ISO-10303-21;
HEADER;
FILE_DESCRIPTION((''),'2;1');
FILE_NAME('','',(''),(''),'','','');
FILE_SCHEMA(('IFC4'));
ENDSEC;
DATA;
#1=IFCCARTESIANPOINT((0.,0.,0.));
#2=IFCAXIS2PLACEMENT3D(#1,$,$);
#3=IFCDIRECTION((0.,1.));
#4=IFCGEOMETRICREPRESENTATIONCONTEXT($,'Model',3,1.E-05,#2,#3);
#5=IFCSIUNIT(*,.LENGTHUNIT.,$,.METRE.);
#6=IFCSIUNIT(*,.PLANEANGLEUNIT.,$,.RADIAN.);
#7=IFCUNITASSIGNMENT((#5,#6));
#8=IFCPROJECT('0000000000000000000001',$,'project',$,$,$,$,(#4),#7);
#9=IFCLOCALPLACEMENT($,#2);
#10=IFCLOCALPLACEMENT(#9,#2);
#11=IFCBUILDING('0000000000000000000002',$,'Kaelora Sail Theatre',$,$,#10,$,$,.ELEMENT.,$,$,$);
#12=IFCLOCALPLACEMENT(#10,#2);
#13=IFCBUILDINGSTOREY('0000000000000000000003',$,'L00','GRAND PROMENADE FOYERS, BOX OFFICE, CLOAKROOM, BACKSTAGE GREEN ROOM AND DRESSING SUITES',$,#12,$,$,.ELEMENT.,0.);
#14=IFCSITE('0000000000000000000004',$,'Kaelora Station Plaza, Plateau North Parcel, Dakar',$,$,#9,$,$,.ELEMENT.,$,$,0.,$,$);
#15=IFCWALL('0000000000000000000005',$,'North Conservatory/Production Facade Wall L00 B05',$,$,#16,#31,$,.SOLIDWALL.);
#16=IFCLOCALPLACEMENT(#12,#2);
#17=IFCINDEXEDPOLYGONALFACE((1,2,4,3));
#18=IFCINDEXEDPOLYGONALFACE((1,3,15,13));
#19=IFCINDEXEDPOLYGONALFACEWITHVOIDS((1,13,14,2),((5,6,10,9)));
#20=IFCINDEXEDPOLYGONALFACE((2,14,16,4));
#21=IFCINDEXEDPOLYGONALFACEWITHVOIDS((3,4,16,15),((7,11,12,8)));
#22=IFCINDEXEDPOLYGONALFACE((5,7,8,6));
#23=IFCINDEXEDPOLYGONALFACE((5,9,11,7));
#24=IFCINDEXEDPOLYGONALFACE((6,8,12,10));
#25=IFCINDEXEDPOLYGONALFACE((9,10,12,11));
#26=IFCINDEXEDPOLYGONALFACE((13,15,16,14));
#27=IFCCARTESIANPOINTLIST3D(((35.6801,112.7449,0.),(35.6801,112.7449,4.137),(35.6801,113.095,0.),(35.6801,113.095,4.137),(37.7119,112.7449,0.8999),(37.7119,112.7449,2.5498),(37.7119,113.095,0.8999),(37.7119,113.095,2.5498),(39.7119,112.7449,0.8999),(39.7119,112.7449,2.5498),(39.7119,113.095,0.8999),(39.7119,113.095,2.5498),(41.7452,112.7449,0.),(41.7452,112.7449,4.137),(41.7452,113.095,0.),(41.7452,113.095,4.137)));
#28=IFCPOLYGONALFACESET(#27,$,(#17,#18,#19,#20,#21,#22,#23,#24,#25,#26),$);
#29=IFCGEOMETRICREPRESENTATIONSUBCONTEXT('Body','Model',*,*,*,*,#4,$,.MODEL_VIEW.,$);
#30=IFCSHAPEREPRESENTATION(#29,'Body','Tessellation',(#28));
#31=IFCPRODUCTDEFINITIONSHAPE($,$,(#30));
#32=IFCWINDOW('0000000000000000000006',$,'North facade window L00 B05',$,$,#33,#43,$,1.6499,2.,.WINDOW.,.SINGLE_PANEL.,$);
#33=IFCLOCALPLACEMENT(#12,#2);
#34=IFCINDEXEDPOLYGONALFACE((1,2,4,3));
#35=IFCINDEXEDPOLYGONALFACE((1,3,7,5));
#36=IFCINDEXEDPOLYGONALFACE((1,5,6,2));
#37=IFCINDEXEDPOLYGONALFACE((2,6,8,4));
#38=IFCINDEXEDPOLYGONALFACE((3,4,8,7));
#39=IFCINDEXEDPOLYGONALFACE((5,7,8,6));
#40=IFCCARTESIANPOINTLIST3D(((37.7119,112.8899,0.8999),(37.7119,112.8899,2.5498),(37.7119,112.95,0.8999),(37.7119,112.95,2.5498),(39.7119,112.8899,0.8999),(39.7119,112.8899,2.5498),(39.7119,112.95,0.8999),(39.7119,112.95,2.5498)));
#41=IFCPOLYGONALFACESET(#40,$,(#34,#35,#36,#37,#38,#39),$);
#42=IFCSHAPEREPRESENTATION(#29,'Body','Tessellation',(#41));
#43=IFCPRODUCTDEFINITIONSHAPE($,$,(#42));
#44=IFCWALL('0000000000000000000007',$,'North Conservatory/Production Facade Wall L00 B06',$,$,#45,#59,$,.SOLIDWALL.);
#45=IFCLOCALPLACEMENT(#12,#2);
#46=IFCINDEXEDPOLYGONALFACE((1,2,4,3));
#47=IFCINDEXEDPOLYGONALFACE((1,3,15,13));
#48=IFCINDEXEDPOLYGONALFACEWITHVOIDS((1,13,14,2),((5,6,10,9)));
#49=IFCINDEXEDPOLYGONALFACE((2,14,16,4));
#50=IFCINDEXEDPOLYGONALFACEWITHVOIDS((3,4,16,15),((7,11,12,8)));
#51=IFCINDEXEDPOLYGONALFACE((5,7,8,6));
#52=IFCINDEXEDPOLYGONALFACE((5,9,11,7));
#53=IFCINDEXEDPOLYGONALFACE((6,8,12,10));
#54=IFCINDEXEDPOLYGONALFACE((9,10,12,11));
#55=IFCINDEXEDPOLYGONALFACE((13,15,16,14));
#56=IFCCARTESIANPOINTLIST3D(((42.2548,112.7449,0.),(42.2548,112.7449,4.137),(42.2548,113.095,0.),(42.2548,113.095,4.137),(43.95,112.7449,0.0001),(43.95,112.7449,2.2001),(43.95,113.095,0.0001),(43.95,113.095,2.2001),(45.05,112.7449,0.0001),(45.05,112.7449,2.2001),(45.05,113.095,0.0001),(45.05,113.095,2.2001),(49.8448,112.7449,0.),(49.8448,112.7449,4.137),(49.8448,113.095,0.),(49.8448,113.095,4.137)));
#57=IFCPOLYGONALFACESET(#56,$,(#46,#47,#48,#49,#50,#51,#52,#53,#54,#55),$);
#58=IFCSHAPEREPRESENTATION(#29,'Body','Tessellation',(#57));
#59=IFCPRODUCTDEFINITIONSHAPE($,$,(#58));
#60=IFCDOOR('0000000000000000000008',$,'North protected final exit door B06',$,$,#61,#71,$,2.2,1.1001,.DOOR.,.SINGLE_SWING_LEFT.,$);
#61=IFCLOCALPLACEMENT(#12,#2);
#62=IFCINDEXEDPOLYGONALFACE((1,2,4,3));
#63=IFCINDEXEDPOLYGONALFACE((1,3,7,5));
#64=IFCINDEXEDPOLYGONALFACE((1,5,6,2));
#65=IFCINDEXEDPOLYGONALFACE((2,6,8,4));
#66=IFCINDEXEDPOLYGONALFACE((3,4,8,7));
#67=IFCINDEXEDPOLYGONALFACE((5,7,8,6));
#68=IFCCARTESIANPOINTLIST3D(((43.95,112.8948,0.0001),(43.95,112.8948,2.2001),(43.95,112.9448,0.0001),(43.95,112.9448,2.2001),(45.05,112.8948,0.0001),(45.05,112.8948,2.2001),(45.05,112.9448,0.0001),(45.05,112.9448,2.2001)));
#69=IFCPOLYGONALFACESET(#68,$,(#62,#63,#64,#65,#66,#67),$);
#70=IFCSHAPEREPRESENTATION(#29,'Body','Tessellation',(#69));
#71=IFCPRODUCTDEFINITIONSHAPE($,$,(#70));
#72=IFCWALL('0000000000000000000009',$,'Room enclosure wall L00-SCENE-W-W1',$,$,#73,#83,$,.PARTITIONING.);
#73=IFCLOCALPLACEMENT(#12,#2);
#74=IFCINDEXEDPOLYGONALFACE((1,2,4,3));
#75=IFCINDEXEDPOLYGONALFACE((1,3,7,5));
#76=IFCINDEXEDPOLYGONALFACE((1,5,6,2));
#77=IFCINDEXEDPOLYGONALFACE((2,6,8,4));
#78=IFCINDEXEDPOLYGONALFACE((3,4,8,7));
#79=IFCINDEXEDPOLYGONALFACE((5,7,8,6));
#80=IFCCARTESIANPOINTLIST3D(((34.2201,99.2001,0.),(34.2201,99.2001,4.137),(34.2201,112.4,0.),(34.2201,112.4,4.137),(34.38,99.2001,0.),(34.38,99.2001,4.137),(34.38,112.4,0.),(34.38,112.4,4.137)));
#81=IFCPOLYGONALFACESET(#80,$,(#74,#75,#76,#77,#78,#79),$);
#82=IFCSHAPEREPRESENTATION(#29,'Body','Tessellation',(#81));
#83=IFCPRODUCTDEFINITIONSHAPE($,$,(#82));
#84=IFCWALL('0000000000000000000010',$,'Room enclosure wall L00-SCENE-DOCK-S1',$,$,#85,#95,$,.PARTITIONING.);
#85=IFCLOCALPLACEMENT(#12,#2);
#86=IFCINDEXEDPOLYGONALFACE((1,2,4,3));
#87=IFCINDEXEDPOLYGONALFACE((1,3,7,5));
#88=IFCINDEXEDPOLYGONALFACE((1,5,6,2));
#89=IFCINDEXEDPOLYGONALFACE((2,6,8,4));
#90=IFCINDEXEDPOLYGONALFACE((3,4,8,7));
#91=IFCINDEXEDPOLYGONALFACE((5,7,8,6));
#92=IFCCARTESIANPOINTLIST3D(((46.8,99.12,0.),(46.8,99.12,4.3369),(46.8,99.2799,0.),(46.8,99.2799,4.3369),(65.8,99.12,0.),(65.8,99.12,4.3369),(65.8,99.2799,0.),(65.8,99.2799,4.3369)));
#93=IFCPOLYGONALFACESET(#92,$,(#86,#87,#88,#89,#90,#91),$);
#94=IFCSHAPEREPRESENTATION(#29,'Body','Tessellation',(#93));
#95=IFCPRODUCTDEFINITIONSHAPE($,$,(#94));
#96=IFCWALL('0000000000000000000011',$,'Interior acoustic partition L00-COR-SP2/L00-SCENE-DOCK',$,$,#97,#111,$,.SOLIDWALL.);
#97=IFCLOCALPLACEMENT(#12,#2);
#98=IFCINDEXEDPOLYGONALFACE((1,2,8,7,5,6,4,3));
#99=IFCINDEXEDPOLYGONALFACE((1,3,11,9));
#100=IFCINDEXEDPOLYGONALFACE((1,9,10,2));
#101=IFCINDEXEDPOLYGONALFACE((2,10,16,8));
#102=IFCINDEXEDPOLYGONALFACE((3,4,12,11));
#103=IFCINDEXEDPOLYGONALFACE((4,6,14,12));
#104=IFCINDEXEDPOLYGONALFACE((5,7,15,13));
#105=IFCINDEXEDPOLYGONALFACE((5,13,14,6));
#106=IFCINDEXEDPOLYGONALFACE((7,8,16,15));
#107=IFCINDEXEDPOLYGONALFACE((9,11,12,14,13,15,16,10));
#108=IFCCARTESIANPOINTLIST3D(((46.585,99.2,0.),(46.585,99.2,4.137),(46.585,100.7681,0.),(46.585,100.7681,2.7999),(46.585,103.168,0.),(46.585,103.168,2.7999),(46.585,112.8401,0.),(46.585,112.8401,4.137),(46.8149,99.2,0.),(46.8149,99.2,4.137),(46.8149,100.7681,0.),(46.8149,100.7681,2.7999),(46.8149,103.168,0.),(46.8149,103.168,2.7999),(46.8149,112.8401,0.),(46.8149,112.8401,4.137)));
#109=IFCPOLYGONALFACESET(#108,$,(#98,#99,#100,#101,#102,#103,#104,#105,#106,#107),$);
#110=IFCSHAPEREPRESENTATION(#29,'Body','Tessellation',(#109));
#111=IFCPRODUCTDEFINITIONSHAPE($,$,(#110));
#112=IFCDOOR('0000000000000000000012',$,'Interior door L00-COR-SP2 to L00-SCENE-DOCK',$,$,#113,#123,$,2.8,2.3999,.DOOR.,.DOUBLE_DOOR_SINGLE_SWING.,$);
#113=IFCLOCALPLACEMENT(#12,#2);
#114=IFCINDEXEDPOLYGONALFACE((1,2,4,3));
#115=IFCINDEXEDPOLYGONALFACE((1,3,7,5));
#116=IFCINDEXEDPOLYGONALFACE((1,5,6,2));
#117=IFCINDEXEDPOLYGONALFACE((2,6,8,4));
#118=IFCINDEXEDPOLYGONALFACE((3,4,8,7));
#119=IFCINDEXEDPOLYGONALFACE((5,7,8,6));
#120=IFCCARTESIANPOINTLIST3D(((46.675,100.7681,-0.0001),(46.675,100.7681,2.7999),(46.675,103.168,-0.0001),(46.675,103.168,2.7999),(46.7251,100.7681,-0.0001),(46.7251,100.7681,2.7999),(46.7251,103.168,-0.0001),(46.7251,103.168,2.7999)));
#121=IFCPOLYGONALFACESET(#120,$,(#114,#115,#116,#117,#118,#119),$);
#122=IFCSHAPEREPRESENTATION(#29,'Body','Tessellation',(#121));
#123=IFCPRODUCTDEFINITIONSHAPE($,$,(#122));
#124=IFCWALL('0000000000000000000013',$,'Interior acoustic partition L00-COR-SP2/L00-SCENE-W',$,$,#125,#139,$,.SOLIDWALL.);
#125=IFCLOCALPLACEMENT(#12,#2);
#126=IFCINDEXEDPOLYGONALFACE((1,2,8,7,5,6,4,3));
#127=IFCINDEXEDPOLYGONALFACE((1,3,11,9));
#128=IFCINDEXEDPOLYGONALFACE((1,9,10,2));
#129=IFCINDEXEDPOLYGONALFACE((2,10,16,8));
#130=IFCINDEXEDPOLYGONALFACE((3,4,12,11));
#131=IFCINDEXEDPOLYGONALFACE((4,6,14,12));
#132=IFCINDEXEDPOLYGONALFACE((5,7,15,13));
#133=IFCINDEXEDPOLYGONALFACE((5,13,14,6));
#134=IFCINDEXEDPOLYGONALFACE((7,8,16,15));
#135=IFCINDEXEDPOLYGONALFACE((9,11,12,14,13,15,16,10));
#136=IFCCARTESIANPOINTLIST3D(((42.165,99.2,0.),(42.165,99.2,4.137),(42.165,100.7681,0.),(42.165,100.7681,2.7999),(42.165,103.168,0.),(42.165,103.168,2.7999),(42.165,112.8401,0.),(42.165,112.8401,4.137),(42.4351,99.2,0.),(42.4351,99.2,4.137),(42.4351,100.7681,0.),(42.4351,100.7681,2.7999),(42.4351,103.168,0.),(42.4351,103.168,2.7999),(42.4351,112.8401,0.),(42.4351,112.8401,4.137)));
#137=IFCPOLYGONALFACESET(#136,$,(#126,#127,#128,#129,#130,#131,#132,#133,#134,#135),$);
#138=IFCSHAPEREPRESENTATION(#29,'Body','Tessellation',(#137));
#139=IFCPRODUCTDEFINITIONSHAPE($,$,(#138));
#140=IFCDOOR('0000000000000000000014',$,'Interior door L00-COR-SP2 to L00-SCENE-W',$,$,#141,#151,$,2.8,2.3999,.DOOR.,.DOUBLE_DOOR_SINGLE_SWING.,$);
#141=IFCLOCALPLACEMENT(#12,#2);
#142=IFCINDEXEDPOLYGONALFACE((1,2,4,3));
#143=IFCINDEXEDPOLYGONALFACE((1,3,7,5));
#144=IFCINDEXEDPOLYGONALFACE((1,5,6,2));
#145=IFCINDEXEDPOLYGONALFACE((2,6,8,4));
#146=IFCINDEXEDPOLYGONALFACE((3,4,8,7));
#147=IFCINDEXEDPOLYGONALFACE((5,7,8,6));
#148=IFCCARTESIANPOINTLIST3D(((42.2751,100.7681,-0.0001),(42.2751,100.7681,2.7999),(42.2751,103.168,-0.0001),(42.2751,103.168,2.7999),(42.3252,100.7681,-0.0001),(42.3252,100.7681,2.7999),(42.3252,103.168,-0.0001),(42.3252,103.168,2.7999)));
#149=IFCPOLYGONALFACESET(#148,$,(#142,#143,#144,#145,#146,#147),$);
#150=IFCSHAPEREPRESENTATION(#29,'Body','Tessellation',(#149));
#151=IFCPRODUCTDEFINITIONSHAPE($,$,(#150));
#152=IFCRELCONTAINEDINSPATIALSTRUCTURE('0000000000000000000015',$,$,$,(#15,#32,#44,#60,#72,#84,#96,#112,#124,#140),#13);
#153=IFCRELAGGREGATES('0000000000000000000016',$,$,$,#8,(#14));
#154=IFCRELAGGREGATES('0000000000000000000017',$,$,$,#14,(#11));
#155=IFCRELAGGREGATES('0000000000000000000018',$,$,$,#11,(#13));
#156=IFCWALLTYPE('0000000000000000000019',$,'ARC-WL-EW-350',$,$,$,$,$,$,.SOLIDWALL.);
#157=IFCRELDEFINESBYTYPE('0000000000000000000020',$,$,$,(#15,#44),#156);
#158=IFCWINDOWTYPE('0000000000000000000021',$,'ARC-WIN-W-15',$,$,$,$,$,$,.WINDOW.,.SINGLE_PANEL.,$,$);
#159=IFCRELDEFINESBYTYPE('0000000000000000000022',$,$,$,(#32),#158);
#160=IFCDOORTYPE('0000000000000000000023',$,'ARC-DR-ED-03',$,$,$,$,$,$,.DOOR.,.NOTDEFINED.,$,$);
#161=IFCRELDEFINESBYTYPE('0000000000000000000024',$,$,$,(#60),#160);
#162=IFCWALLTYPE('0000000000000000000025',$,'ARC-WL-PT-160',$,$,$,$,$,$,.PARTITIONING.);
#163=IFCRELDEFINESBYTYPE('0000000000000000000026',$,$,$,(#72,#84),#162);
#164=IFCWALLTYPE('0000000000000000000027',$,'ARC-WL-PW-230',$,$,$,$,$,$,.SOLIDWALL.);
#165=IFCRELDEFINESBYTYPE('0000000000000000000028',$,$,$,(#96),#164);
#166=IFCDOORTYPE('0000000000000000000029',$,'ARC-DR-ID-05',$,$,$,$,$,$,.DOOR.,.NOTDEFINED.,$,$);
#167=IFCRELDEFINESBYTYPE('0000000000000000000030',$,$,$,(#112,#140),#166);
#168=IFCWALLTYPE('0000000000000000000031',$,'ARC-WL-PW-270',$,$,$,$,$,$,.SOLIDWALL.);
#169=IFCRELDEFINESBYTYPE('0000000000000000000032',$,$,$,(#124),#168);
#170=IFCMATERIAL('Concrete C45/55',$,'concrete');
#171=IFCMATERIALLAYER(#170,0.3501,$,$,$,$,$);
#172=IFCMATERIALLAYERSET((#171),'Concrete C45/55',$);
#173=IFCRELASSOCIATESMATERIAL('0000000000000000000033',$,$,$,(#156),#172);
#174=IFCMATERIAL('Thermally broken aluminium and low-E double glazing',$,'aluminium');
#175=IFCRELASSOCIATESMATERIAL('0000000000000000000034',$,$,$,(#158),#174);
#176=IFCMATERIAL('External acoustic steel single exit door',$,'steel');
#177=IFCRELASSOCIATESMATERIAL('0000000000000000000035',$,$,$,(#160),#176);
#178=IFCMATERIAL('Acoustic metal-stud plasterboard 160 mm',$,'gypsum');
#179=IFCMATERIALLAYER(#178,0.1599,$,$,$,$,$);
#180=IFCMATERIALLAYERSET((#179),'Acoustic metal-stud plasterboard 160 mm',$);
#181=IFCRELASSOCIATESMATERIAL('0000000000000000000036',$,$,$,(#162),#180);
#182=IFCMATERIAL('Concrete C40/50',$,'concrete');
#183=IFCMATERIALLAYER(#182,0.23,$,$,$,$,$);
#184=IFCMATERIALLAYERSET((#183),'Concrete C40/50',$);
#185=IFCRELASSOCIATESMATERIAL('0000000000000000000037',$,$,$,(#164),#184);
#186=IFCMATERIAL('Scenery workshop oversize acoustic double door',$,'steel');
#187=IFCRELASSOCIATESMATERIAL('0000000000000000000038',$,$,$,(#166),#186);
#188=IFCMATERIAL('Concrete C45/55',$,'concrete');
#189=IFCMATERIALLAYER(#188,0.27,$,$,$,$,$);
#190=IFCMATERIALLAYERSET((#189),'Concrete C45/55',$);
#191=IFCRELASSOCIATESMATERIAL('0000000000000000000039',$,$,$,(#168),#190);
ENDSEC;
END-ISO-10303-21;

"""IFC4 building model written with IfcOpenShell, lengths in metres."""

from ifc_helpers import new_model, si_unit, direction, frame, frame_2d, origin, place, context, subcontext, project, spatial, rectangle, extrude, material, layer, layer_set, type_object, element, fill, save


model = new_model("IFC4")

# Units and contexts
model_context = context("Model", 3, precision=1e-05, world=origin(), true_north=direction((0.0, 1.0)))
body_context = subcontext(model_context, "Body", "Model", "MODEL_VIEW")
ifc_project = project(units=[si_unit("LENGTHUNIT", "METRE"), si_unit("PLANEANGLEUNIT", "RADIAN")], contexts=[model_context])

# Site, building, storey
site_placement = place(None, origin())
site = spatial("IfcSite", under=ifc_project, at=site_placement, Name="Kaelora Station Plaza, Plateau North Parcel, Dakar", CompositionType="ELEMENT", RefElevation=0.0)
building_placement = place(site_placement, origin())
building = spatial("IfcBuilding", under=site, at=building_placement, Name="Kaelora Sail Theatre", CompositionType="ELEMENT")
storey_placement = place(building_placement, origin())
storey = spatial("IfcBuildingStorey", under=building, at=storey_placement, Name="L00", Description="GRAND PROMENADE FOYERS, BOX OFFICE, CLOAKROOM, BACKSTAGE GREEN ROOM AND DRESSING SUITES", CompositionType="ELEMENT", Elevation=0.0)

# Wall, opening, window
ifc_material_1 = material(Name="Concrete C45/55", Category="concrete")
ifc_layer_1 = layer(ifc_material_1, 0.3501)
ifc_layer_set_1 = layer_set([ifc_layer_1], Name="Concrete C45/55")
wall_type_1 = type_object("IfcWallType", Name="ARC-WL-EW-350", PredefinedType="SOLIDWALL", material=ifc_layer_set_1)
wall_1_placement = place(storey_placement, frame((35.6799, 112.9199, 0.0), z_axis=(0.0, 0.0, 1.0), x_axis=(1.0, 0.0, 0.0)))
wall_1 = element("IfcWall", 1, at=wall_1_placement, inside=storey, type_object=wall_type_1, Name="North Conservatory/Production Facade Wall L00 B05", PredefinedType="SOLIDWALL", context=body_context, shape_type="SweptSolid", body=[
    extrude(rectangle(XDim=6.0652, YDim=0.3501, at=frame_2d((3.0327, 0.0))), origin(), (0.0, 0.0, 1.0), 4.137),
])
opening_1_placement = place(wall_1_placement, frame((2.032, 0.0, 0.8999)))
opening_1 = element("IfcOpeningElement", 2, at=opening_1_placement, cuts=wall_1, PredefinedType="OPENING", context=body_context, shape_type="SweptSolid", body=[
    extrude(rectangle(XDim=2.0, YDim=1.6499, at=frame_2d((1.0, 0.825))), frame((0.0, 0.185, 0.0), z_axis=(0.0, -1.0, 0.0), x_axis=(1.0, 0.0, 0.0)), (0.0, 0.0, 1.0), 0.3701),
])
ifc_material_2 = material(Name="Thermally broken aluminium and low-E double glazing", Category="aluminium")
window_type = type_object("IfcWindowType", Name="ARC-WIN-W-15", PartitioningType="SINGLE_PANEL", PredefinedType="WINDOW", material=ifc_material_2)
window_placement = place(opening_1_placement, origin())
window = element("IfcWindow", 3, at=window_placement, inside=storey, type_object=window_type, Name="North facade window L00 B05", OverallHeight=1.6499, OverallWidth=2.0, PartitioningType="SINGLE_PANEL", PredefinedType="WINDOW", context=body_context, shape_type="SweptSolid", body=[
    extrude(rectangle(XDim=2.0, YDim=1.6499, at=frame_2d((1.0, 0.825))), frame((0.0, 0.03, 0.0), z_axis=(0.0, -1.0, 0.0), x_axis=(1.0, 0.0, 0.0)), (0.0, 0.0, 1.0), 0.0601),
])
fill(opening_1, window)

# Wall, opening, door
wall_2_placement = place(storey_placement, frame((42.2549, 112.9199, 0.0), z_axis=(0.0, 0.0, 1.0), x_axis=(1.0, 0.0, 0.0)))
wall_2 = element("IfcWall", 4, at=wall_2_placement, inside=storey, type_object=wall_type_1, Name="North Conservatory/Production Facade Wall L00 B06", PredefinedType="SOLIDWALL", context=body_context, shape_type="SweptSolid", body=[
    extrude(rectangle(XDim=7.5901, YDim=0.3501, at=frame_2d((3.7949, 0.0))), origin(), (0.0, 0.0, 1.0), 4.137),
])
opening_2_placement = place(wall_2_placement, frame((1.6951, 0.0, 0.0)))
opening_2 = element("IfcOpeningElement", 5, at=opening_2_placement, cuts=wall_2, PredefinedType="OPENING", context=body_context, shape_type="SweptSolid", body=[
    extrude(rectangle(XDim=1.1001, YDim=2.2, at=frame_2d((0.55, 1.1001))), frame((0.0, 0.185, 0.0), z_axis=(0.0, -1.0, 0.0), x_axis=(1.0, 0.0, 0.0)), (0.0, 0.0, 1.0), 0.3701),
])
ifc_material_3 = material(Name="External acoustic steel single exit door", Category="steel")
door_type_1 = type_object("IfcDoorType", Name="ARC-DR-ED-03", OperationType="NOTDEFINED", PredefinedType="DOOR", material=ifc_material_3)
door_1_placement = place(opening_2_placement, origin())
door_1 = element("IfcDoor", 6, at=door_1_placement, inside=storey, type_object=door_type_1, Name="North protected final exit door B06", OperationType="SINGLE_SWING_LEFT", OverallHeight=2.2, OverallWidth=1.1001, PredefinedType="DOOR", context=body_context, shape_type="SweptSolid", body=[
    extrude(rectangle(XDim=1.1001, YDim=2.2, at=frame_2d((0.55, 1.1001))), frame((0.0, 0.0249, 0.0), z_axis=(0.0, -1.0, 0.0), x_axis=(1.0, 0.0, 0.0)), (0.0, 0.0, 1.0), 0.05),
])
fill(opening_2, door_1)

# Walls
ifc_material_4 = material(Name="Acoustic metal-stud plasterboard 160 mm", Category="gypsum")
ifc_layer_2 = layer(ifc_material_4, 0.1599)
ifc_layer_set_2 = layer_set([ifc_layer_2], Name="Acoustic metal-stud plasterboard 160 mm")
wall_type_2 = type_object("IfcWallType", Name="ARC-WL-PT-160", PredefinedType="PARTITIONING", material=ifc_layer_set_2)
wall_3_placement = place(storey_placement, frame((34.3, 99.2, 0.0), z_axis=(0.0, 0.0, 1.0), x_axis=(0.0, 1.0, 0.0)))
element("IfcWall", 7, at=wall_3_placement, inside=storey, type_object=wall_type_2, Name="Room enclosure wall L00-SCENE-W-W1", PredefinedType="PARTITIONING", context=body_context, shape_type="SweptSolid", body=[
    extrude(rectangle(XDim=13.2, YDim=0.1599, at=frame_2d((6.6001, 0.0))), origin(), (0.0, 0.0, 1.0), 4.137),
])
wall_4_placement = place(storey_placement, frame((46.8, 99.2, 0.0), z_axis=(0.0, 0.0, 1.0), x_axis=(1.0, 0.0, 0.0)))
element("IfcWall", 8, at=wall_4_placement, inside=storey, type_object=wall_type_2, Name="Room enclosure wall L00-SCENE-DOCK-S1", PredefinedType="PARTITIONING", context=body_context, shape_type="SweptSolid", body=[
    extrude(rectangle(XDim=19.0, YDim=0.1599, at=frame_2d((9.5, 0.0))), origin(), (0.0, 0.0, 1.0), 4.3369),
])

# Walls, openings, doors
ifc_material_5 = material(Name="Concrete C40/50", Category="concrete")
ifc_layer_3 = layer(ifc_material_5, 0.23)
ifc_layer_set_3 = layer_set([ifc_layer_3], Name="Concrete C40/50")
wall_type_3 = type_object("IfcWallType", Name="ARC-WL-PW-230", PredefinedType="SOLIDWALL", material=ifc_layer_set_3)
wall_5_placement = place(storey_placement, frame((46.7, 99.2, 0.0), z_axis=(0.0, 0.0, 1.0), x_axis=(0.0, 1.0, 0.0)))
wall_5 = element("IfcWall", 9, at=wall_5_placement, inside=storey, type_object=wall_type_3, Name="Interior acoustic partition L00-COR-SP2/L00-SCENE-DOCK", PredefinedType="SOLIDWALL", context=body_context, shape_type="SweptSolid", body=[
    extrude(rectangle(XDim=13.6401, YDim=0.23, at=frame_2d((6.8201, 0.0))), origin(), (0.0, 0.0, 1.0), 4.137),
])
opening_3_placement = place(wall_5_placement, frame((1.5681, 0.0, 0.0)))
opening_3 = element("IfcOpeningElement", 10, at=opening_3_placement, cuts=wall_5, PredefinedType="OPENING", context=body_context, shape_type="SweptSolid", body=[
    extrude(rectangle(XDim=2.3999, YDim=2.8, at=frame_2d((1.2, 1.3999))), frame((0.0, 0.125, 0.0), z_axis=(0.0, -1.0, 0.0), x_axis=(1.0, 0.0, 0.0)), (0.0, 0.0, 1.0), 0.25),
])
ifc_material_6 = material(Name="Scenery workshop oversize acoustic double door", Category="steel")
door_type_2 = type_object("IfcDoorType", Name="ARC-DR-ID-05", OperationType="NOTDEFINED", PredefinedType="DOOR", material=ifc_material_6)
door_2_placement = place(opening_3_placement, origin())
door_2 = element("IfcDoor", 11, at=door_2_placement, inside=storey, type_object=door_type_2, Name="Interior door L00-COR-SP2 to L00-SCENE-DOCK", OperationType="DOUBLE_DOOR_SINGLE_SWING", OverallHeight=2.8, OverallWidth=2.3999, PredefinedType="DOOR", context=body_context, shape_type="SweptSolid", body=[
    extrude(rectangle(XDim=2.3999, YDim=2.8, at=frame_2d((1.2, 1.3999))), frame((0.0, 0.0249, 0.0), z_axis=(0.0, -1.0, 0.0), x_axis=(1.0, 0.0, 0.0)), (0.0, 0.0, 1.0), 0.05),
])
fill(opening_3, door_2)
ifc_material_7 = material(Name="Concrete C45/55", Category="concrete")
ifc_layer_4 = layer(ifc_material_7, 0.27)
ifc_layer_set_4 = layer_set([ifc_layer_4], Name="Concrete C45/55")
wall_type_4 = type_object("IfcWallType", Name="ARC-WL-PW-270", PredefinedType="SOLIDWALL", material=ifc_layer_set_4)
wall_6_placement = place(storey_placement, frame((42.3, 99.2, 0.0), z_axis=(0.0, 0.0, 1.0), x_axis=(0.0, 1.0, 0.0)))
wall_6 = element("IfcWall", 12, at=wall_6_placement, inside=storey, type_object=wall_type_4, Name="Interior acoustic partition L00-COR-SP2/L00-SCENE-W", PredefinedType="SOLIDWALL", context=body_context, shape_type="SweptSolid", body=[
    extrude(rectangle(XDim=13.6401, YDim=0.27, at=frame_2d((6.8201, 0.0))), origin(), (0.0, 0.0, 1.0), 4.137),
])
opening_4_placement = place(wall_6_placement, frame((1.5681, 0.0, 0.0)))
opening_4 = element("IfcOpeningElement", 13, at=opening_4_placement, cuts=wall_6, PredefinedType="OPENING", context=body_context, shape_type="SweptSolid", body=[
    extrude(rectangle(XDim=2.3999, YDim=2.8, at=frame_2d((1.2, 1.3999))), frame((0.0, 0.145, 0.0), z_axis=(0.0, -1.0, 0.0), x_axis=(1.0, 0.0, 0.0)), (0.0, 0.0, 1.0), 0.29),
])
door_3_placement = place(opening_4_placement, origin())
door_3 = element("IfcDoor", 14, at=door_3_placement, inside=storey, type_object=door_type_2, Name="Interior door L00-COR-SP2 to L00-SCENE-W", OperationType="DOUBLE_DOOR_SINGLE_SWING", OverallHeight=2.8, OverallWidth=2.3999, PredefinedType="DOOR", context=body_context, shape_type="SweptSolid", body=[
    extrude(rectangle(XDim=2.3999, YDim=2.8, at=frame_2d((1.2, 1.3999))), frame((0.0, 0.0249, 0.0), z_axis=(0.0, -1.0, 0.0), x_axis=(1.0, 0.0, 0.0)), (0.0, 0.0, 1.0), 0.05),
])
fill(opening_4, door_3)

save(model, "model.ifc")
